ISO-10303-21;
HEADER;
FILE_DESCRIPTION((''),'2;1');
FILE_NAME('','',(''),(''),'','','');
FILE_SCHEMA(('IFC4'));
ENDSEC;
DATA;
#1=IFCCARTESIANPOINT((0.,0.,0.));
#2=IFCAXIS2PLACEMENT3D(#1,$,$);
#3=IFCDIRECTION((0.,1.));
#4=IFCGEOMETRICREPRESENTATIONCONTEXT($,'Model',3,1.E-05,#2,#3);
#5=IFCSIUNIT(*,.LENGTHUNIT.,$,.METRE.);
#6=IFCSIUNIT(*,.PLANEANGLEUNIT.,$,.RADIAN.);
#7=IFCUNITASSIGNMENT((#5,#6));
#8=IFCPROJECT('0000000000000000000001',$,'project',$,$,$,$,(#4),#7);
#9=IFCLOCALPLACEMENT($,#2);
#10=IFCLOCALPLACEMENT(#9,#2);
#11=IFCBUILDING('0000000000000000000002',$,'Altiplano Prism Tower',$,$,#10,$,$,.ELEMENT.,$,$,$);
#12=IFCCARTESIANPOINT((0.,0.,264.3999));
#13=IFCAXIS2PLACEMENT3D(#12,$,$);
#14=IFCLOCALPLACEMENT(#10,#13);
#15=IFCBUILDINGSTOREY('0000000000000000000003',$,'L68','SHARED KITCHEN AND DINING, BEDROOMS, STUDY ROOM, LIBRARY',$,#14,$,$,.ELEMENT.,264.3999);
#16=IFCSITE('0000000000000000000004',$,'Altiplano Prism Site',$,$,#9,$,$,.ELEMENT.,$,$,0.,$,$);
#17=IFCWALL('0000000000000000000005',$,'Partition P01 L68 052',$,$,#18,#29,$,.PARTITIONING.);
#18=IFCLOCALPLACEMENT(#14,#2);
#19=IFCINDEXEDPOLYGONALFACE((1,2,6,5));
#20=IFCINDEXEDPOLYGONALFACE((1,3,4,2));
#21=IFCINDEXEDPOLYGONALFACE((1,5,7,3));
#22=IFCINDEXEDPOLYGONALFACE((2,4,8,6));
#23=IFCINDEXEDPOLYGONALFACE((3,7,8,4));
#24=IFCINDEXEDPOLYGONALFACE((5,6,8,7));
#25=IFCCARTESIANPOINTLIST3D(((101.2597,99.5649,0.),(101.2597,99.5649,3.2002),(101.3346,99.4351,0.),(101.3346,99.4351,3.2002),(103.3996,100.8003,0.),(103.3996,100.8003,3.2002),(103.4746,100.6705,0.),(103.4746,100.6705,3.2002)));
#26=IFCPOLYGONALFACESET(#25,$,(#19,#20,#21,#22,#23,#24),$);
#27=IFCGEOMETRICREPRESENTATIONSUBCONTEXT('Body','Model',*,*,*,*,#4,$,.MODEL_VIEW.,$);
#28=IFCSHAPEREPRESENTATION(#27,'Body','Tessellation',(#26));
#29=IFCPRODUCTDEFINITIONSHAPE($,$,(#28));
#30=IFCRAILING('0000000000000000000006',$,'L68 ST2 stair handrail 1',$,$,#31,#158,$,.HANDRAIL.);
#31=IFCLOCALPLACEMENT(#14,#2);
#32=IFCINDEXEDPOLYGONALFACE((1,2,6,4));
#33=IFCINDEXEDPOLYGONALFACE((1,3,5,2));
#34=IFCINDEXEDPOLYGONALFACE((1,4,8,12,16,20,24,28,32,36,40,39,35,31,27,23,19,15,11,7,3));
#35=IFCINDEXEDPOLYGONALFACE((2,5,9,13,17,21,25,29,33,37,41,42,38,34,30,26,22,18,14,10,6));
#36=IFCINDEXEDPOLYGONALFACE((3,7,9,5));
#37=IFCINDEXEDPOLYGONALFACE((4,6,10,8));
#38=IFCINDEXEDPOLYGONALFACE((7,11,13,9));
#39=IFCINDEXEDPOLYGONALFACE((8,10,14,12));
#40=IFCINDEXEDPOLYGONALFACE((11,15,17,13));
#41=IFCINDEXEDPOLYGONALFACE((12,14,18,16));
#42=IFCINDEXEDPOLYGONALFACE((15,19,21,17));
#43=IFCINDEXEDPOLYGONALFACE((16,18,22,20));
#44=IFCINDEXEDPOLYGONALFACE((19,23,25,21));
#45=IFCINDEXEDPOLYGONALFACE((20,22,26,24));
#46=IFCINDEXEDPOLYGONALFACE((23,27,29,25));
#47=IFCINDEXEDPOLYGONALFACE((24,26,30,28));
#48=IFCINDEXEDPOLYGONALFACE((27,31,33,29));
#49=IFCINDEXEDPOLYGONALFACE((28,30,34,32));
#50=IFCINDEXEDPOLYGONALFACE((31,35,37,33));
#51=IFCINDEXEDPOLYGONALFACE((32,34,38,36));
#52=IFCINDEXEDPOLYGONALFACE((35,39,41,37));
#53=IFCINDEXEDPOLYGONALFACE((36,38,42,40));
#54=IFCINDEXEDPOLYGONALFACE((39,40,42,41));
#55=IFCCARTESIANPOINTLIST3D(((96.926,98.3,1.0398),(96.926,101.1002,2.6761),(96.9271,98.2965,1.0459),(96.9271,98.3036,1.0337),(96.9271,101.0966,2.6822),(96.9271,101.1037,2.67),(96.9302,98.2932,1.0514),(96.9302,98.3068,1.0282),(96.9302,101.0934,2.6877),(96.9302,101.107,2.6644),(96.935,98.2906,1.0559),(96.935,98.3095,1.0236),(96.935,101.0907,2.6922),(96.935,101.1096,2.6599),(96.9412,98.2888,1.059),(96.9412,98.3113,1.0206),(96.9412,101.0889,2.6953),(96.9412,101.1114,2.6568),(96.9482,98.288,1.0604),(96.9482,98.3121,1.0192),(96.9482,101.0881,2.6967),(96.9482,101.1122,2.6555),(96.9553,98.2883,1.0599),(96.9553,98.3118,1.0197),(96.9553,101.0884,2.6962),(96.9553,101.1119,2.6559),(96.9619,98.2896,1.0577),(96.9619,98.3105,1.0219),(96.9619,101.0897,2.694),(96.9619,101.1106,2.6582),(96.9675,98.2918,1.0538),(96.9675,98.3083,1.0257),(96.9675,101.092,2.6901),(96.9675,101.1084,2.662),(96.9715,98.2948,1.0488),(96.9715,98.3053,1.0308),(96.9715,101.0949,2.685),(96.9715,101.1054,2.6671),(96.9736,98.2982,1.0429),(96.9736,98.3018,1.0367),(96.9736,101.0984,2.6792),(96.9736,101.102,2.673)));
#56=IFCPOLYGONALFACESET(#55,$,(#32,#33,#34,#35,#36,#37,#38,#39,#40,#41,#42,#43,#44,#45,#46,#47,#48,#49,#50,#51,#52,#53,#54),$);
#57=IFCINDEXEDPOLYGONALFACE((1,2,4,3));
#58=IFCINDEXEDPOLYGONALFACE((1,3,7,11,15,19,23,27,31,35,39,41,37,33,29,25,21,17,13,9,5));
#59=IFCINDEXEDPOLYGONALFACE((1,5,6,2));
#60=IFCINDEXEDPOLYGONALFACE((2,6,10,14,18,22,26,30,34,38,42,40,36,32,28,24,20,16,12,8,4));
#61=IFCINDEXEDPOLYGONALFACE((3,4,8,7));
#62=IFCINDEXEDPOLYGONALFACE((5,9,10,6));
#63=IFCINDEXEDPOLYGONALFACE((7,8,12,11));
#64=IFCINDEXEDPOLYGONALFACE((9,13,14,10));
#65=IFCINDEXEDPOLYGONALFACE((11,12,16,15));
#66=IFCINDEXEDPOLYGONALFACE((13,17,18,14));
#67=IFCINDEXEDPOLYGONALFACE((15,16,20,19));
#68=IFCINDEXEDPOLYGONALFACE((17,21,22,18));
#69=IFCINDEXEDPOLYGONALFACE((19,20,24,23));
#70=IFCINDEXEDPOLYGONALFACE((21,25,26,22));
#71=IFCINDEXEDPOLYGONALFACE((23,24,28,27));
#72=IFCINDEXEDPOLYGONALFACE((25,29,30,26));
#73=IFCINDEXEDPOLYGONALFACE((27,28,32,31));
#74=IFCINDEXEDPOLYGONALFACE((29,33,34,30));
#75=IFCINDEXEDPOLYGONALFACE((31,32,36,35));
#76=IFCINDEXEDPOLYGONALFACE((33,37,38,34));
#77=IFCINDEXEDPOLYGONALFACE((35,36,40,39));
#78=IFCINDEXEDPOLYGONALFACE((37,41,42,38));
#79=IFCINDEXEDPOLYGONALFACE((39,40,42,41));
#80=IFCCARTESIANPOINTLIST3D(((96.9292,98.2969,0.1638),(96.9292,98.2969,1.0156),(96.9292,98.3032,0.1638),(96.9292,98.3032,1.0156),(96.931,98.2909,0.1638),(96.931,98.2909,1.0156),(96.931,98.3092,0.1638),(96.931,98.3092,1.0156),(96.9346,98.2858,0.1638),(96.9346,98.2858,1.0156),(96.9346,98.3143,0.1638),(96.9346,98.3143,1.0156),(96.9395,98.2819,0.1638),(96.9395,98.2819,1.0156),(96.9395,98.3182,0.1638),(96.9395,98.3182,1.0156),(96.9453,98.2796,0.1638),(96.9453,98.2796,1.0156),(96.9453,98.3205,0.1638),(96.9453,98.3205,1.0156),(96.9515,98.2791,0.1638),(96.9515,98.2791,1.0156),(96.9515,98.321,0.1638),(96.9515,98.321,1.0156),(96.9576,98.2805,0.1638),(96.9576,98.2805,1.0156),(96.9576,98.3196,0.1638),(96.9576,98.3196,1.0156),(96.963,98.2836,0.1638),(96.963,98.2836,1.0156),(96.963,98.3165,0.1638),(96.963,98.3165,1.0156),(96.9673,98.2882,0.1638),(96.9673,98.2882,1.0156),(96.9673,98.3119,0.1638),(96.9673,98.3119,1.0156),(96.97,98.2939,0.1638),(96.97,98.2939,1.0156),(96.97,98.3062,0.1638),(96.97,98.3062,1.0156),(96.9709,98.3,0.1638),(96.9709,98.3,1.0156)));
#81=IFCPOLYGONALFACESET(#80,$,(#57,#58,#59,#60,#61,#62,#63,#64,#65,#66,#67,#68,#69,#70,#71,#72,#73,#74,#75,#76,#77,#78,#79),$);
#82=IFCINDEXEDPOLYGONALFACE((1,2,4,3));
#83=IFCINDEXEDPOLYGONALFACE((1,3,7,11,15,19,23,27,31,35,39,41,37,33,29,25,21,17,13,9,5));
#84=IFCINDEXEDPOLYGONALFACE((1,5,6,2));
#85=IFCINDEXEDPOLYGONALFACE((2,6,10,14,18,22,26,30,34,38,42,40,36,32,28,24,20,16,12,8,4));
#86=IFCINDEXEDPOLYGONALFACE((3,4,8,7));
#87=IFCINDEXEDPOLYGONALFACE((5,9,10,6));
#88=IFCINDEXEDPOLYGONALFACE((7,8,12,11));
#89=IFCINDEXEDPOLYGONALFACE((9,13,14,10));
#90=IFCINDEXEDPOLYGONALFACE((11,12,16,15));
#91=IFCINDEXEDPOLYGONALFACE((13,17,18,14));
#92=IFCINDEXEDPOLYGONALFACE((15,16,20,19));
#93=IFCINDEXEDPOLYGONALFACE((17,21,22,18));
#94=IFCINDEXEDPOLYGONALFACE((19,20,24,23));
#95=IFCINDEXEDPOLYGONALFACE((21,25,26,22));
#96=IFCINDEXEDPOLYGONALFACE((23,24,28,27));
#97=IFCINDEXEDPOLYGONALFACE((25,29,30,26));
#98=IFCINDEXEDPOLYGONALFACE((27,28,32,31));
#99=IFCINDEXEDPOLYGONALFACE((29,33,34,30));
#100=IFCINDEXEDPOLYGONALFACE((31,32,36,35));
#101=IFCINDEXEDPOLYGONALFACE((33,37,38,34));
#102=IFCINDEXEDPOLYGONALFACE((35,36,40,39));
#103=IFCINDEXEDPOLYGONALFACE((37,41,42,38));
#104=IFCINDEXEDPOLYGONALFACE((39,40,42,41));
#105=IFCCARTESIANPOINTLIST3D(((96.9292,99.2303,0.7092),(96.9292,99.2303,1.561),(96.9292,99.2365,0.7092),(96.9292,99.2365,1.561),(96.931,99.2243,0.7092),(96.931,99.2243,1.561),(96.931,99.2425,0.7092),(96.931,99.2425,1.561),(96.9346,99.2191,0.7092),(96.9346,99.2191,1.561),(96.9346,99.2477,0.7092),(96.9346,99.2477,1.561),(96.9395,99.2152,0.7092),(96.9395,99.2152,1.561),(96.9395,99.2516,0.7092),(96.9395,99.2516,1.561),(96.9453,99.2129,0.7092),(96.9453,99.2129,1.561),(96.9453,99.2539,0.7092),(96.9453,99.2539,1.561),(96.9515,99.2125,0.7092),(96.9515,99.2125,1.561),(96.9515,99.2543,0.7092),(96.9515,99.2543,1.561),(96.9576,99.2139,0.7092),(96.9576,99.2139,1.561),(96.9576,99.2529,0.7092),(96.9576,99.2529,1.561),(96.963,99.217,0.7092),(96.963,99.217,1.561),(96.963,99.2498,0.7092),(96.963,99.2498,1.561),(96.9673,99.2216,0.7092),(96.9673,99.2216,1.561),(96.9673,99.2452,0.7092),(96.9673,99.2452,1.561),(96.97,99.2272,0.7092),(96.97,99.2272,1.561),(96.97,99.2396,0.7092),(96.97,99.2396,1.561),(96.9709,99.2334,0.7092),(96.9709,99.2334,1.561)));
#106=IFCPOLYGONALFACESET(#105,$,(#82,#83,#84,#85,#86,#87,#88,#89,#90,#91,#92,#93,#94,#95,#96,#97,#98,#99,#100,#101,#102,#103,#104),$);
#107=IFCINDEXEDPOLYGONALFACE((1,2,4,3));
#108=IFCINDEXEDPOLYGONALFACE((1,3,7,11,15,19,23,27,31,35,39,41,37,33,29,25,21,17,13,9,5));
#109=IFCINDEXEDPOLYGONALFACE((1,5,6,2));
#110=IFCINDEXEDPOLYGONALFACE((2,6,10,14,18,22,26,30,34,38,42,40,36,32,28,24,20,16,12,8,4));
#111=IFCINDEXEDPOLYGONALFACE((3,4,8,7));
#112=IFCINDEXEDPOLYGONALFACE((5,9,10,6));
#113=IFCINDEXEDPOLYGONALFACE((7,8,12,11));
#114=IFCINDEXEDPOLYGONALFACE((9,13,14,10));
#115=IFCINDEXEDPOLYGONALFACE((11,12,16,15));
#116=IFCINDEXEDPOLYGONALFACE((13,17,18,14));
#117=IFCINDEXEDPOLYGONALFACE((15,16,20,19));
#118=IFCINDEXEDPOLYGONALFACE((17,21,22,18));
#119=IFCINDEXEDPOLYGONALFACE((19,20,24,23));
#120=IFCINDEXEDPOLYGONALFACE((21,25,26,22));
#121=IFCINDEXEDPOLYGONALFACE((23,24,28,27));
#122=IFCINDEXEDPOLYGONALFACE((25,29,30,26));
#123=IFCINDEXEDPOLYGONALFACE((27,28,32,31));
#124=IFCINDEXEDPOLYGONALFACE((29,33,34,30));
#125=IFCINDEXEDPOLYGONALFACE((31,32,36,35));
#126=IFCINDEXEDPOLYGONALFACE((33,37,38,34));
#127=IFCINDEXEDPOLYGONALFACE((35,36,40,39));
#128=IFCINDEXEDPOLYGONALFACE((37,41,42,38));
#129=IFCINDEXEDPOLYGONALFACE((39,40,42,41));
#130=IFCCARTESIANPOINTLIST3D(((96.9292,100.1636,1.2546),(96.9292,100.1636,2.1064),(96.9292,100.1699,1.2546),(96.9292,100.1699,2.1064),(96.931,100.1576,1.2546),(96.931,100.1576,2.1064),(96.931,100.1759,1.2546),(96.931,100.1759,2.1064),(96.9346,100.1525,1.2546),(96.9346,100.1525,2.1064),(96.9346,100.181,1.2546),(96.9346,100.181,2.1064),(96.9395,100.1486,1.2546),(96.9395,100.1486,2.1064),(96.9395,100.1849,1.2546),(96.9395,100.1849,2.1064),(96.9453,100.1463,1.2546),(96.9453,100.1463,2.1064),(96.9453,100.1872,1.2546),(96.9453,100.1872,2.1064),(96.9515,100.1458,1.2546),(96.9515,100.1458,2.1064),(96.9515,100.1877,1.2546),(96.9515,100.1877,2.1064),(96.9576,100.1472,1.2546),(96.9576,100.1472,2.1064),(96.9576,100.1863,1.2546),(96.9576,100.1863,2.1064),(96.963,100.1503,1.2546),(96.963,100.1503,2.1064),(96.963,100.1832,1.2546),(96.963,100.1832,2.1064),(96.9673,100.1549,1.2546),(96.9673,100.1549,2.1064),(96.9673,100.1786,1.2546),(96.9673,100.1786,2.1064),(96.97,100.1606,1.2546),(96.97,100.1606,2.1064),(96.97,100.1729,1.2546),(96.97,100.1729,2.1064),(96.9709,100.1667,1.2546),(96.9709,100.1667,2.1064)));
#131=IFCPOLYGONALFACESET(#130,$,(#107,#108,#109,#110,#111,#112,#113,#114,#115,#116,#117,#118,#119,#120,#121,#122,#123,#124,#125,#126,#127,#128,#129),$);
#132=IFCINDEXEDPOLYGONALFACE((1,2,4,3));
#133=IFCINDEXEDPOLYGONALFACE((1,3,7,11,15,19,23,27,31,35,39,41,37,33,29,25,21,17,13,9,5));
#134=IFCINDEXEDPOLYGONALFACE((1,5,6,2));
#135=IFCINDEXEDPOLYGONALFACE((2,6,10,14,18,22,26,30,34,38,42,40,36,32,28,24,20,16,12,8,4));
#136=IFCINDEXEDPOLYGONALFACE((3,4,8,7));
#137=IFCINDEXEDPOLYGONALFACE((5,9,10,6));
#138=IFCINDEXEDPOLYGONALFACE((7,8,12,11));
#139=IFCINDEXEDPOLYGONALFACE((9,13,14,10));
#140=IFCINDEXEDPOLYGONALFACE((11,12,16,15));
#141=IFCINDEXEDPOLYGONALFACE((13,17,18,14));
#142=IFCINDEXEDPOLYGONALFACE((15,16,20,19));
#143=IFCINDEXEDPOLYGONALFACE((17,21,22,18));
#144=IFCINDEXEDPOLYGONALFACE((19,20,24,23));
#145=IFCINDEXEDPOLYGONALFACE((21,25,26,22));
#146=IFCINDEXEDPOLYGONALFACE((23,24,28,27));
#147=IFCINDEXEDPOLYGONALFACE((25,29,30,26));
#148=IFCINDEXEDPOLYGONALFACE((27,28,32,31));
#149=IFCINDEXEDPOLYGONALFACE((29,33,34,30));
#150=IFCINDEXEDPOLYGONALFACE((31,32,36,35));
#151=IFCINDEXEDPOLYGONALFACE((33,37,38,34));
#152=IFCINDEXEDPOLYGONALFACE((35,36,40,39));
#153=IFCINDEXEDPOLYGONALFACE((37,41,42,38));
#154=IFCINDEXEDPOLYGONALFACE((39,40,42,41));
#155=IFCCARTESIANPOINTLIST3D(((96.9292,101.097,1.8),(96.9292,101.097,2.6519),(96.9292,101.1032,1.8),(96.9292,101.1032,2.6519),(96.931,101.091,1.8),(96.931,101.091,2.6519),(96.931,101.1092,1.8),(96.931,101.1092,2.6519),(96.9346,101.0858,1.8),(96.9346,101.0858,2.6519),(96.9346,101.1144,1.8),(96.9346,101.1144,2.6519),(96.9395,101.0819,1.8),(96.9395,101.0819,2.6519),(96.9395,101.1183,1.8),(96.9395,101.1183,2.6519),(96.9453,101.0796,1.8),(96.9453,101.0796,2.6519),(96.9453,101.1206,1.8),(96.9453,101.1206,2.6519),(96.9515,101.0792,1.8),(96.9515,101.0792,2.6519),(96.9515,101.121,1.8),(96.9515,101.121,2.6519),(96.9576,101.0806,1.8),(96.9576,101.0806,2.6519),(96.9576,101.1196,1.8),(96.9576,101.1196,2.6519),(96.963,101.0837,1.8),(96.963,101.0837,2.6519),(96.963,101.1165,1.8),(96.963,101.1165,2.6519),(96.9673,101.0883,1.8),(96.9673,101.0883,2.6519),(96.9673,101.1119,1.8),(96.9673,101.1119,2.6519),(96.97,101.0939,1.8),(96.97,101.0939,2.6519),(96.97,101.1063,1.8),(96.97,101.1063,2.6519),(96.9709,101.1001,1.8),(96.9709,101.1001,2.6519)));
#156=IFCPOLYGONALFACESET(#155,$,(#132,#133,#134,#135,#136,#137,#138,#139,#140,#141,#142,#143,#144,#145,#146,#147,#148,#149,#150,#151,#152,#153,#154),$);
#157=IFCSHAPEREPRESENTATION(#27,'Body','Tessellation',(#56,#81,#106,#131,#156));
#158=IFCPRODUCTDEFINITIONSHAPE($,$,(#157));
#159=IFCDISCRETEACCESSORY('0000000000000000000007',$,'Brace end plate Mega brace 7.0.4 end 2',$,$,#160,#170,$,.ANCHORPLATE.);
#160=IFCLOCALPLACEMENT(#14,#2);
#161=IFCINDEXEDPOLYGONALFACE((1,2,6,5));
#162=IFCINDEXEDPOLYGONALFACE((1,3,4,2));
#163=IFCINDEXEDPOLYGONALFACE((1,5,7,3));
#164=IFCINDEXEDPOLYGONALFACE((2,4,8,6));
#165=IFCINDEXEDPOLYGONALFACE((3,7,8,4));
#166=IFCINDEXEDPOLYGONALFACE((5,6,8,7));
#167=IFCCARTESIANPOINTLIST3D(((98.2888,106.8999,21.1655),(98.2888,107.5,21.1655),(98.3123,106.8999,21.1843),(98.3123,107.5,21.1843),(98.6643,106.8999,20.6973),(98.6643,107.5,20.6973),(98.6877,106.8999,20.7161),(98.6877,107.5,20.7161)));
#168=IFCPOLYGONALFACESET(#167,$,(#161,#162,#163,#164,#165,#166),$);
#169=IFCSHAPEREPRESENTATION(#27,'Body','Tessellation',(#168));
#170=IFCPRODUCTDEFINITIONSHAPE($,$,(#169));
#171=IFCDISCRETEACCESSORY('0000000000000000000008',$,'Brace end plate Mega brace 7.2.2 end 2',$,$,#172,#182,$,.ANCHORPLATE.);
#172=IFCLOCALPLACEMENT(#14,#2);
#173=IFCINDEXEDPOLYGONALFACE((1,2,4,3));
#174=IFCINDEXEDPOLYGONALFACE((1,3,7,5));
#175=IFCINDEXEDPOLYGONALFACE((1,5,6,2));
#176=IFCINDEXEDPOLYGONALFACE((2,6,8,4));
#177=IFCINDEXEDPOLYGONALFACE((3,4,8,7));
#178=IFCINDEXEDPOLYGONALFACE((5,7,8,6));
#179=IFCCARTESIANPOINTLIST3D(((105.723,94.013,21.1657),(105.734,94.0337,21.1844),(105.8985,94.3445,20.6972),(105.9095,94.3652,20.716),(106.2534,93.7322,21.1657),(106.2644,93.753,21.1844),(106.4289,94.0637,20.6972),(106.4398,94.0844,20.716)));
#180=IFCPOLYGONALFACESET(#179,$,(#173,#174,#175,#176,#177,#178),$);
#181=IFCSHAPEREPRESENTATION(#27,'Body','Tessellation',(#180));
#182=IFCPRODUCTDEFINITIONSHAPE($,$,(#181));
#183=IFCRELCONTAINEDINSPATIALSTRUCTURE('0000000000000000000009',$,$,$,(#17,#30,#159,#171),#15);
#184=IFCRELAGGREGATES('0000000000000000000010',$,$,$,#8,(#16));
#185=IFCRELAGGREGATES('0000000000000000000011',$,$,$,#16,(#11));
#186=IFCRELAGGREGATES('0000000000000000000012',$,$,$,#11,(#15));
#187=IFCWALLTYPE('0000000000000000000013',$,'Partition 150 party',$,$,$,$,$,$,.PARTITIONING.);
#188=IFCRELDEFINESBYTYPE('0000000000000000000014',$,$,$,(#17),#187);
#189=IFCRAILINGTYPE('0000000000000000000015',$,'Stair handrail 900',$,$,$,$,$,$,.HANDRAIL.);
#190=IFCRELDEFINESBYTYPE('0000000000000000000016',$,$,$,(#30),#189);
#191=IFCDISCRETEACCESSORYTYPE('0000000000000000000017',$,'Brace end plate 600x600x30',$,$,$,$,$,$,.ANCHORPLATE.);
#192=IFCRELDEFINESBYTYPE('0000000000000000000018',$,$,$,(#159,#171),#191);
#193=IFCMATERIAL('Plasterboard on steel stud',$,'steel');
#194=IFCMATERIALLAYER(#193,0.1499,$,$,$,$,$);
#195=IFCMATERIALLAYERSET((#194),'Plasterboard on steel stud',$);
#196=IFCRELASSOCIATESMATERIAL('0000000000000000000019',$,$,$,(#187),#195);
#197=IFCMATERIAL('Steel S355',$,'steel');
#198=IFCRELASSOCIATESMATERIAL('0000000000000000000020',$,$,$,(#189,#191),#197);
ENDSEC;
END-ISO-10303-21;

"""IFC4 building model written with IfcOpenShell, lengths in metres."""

from ifc_helpers import new_model, si_unit, direction, frame, frame_2d, origin, origin_2d, place, context, subcontext, project, spatial, rectangle, circle, extrude, material, layer, layer_set, material_profile, profile_set, type_object, element, save


model = new_model("IFC4")

# Units and contexts
model_context = context("Model", 3, precision=1e-05, world=origin(), true_north=direction((0.0, 1.0)))
body_context = subcontext(model_context, "Body", "Model", "MODEL_VIEW")
ifc_project = project(units=[si_unit("LENGTHUNIT", "METRE"), si_unit("PLANEANGLEUNIT", "RADIAN")], contexts=[model_context])

# Site, building, storey
site_placement = place(None, origin())
site = spatial("IfcSite", under=ifc_project, at=site_placement, Name="Altiplano Prism Site", CompositionType="ELEMENT", RefElevation=0.0)
building_placement = place(site_placement, origin())
building = spatial("IfcBuilding", under=site, at=building_placement, Name="Altiplano Prism Tower", CompositionType="ELEMENT")
storey_placement = place(building_placement, frame((0.0, 0.0, 264.3999)))
storey = spatial("IfcBuildingStorey", under=building, at=storey_placement, Name="L68", Description="SHARED KITCHEN AND DINING, BEDROOMS, STUDY ROOM, LIBRARY", CompositionType="ELEMENT", Elevation=264.3999)

# Wall
ifc_material_1 = material(Name="Plasterboard on steel stud", Category="steel")
ifc_layer_1 = layer(ifc_material_1, 0.1499)
ifc_layer_set_1 = layer_set([ifc_layer_1], Name="Plasterboard on steel stud")
wall_type = type_object("IfcWallType", Name="Partition 150 party", PredefinedType="PARTITIONING", material=ifc_layer_set_1)
wall_1_placement = place(storey_placement, frame((103.437, 100.7354, 0.0), z_axis=(0.0, 0.0, 1.0), x_axis=(-0.866046, -0.499965, 0.0)))
element("IfcWall", 1, at=wall_1_placement, inside=storey, type_object=wall_type, Name="Partition P01 L68 052", PredefinedType="PARTITIONING", context=body_context, shape_type="SweptSolid", body=[
    extrude(rectangle(XDim=2.4709, YDim=0.1499, at=frame_2d((1.2354, 0.0))), origin(), (0.0, 0.0, 1.0), 3.2002),
])

# Railing
ifc_material_2 = material(Name="Steel S355", Category="steel")
railing_type = type_object("IfcRailingType", Name="Stair handrail 900", PredefinedType="HANDRAIL", material=ifc_material_2)
railing_placement = place(storey_placement, frame((96.95, 98.3, 0.1638)))
element("IfcRailing", 2, at=railing_placement, inside=storey, type_object=railing_type, Name="L68 ST2 stair handrail 1", PredefinedType="HANDRAIL", context=body_context, shape_type="SweptSolid", body=[
    extrude(circle(Radius=0.0239, at=origin_2d()), frame((0.0, 0.0, 0.876), z_axis=(0.0, 0.863394, 0.504531), x_axis=(-1.0, 0.0, 0.0)), (0.0, 0.0, 1.0), 3.2432),
    extrude(circle(Radius=0.021, at=origin_2d()), origin(), (0.0, 0.0, 1.0), 0.8518),
    extrude(circle(Radius=0.021, at=origin_2d()), frame((0.0, 0.9333, 0.5454)), (0.0, 0.0, 1.0), 0.8518),
    extrude(circle(Radius=0.021, at=origin_2d()), frame((0.0, 1.8667, 1.0908)), (0.0, 0.0, 1.0), 0.8518),
    extrude(circle(Radius=0.021, at=origin_2d()), frame((0.0, 2.8, 1.6362)), (0.0, 0.0, 1.0), 0.8518),
])

# Discrete accessories
ifc_material_profile_1 = material_profile(ifc_material_2, rectangle(XDim=0.6001, YDim=0.6001, at=origin_2d()), Name="Brace end plate 600x600x30")
ifc_profile_set_1 = profile_set([ifc_material_profile_1], Name="Steel S355")
discrete_accessory_type = type_object("IfcDiscreteAccessoryType", Name="Brace end plate 600x600x30", PredefinedType="ANCHORPLATE", material=ifc_profile_set_1)
for number, where, z_axis, x_axis, name in (
    (3, (98.5, 107.2, 20.9502), (-0.780075, 0.0, -0.625685), (0.0, -1.0, 0.0), "Brace end plate Mega brace 7.0.4 end 2"),
    (4, (106.0869, 94.0591, 20.9502), (-0.365251, -0.689918, -0.624984), (0.883788, -0.467888, 0.0), "Brace end plate Mega brace 7.2.2 end 2"),
):
    element("IfcDiscreteAccessory", number, at=place(storey_placement, frame(where, z_axis=z_axis, x_axis=x_axis)), inside=storey, type_object=discrete_accessory_type, Name=name, PredefinedType="ANCHORPLATE", context=body_context, shape_type="SweptSolid", body=[
        extrude(rectangle(XDim=0.6001, YDim=0.6001, at=origin_2d()), origin(), (0.0, 0.0, 1.0), 0.03),
    ])

save(model, "model.ifc")
